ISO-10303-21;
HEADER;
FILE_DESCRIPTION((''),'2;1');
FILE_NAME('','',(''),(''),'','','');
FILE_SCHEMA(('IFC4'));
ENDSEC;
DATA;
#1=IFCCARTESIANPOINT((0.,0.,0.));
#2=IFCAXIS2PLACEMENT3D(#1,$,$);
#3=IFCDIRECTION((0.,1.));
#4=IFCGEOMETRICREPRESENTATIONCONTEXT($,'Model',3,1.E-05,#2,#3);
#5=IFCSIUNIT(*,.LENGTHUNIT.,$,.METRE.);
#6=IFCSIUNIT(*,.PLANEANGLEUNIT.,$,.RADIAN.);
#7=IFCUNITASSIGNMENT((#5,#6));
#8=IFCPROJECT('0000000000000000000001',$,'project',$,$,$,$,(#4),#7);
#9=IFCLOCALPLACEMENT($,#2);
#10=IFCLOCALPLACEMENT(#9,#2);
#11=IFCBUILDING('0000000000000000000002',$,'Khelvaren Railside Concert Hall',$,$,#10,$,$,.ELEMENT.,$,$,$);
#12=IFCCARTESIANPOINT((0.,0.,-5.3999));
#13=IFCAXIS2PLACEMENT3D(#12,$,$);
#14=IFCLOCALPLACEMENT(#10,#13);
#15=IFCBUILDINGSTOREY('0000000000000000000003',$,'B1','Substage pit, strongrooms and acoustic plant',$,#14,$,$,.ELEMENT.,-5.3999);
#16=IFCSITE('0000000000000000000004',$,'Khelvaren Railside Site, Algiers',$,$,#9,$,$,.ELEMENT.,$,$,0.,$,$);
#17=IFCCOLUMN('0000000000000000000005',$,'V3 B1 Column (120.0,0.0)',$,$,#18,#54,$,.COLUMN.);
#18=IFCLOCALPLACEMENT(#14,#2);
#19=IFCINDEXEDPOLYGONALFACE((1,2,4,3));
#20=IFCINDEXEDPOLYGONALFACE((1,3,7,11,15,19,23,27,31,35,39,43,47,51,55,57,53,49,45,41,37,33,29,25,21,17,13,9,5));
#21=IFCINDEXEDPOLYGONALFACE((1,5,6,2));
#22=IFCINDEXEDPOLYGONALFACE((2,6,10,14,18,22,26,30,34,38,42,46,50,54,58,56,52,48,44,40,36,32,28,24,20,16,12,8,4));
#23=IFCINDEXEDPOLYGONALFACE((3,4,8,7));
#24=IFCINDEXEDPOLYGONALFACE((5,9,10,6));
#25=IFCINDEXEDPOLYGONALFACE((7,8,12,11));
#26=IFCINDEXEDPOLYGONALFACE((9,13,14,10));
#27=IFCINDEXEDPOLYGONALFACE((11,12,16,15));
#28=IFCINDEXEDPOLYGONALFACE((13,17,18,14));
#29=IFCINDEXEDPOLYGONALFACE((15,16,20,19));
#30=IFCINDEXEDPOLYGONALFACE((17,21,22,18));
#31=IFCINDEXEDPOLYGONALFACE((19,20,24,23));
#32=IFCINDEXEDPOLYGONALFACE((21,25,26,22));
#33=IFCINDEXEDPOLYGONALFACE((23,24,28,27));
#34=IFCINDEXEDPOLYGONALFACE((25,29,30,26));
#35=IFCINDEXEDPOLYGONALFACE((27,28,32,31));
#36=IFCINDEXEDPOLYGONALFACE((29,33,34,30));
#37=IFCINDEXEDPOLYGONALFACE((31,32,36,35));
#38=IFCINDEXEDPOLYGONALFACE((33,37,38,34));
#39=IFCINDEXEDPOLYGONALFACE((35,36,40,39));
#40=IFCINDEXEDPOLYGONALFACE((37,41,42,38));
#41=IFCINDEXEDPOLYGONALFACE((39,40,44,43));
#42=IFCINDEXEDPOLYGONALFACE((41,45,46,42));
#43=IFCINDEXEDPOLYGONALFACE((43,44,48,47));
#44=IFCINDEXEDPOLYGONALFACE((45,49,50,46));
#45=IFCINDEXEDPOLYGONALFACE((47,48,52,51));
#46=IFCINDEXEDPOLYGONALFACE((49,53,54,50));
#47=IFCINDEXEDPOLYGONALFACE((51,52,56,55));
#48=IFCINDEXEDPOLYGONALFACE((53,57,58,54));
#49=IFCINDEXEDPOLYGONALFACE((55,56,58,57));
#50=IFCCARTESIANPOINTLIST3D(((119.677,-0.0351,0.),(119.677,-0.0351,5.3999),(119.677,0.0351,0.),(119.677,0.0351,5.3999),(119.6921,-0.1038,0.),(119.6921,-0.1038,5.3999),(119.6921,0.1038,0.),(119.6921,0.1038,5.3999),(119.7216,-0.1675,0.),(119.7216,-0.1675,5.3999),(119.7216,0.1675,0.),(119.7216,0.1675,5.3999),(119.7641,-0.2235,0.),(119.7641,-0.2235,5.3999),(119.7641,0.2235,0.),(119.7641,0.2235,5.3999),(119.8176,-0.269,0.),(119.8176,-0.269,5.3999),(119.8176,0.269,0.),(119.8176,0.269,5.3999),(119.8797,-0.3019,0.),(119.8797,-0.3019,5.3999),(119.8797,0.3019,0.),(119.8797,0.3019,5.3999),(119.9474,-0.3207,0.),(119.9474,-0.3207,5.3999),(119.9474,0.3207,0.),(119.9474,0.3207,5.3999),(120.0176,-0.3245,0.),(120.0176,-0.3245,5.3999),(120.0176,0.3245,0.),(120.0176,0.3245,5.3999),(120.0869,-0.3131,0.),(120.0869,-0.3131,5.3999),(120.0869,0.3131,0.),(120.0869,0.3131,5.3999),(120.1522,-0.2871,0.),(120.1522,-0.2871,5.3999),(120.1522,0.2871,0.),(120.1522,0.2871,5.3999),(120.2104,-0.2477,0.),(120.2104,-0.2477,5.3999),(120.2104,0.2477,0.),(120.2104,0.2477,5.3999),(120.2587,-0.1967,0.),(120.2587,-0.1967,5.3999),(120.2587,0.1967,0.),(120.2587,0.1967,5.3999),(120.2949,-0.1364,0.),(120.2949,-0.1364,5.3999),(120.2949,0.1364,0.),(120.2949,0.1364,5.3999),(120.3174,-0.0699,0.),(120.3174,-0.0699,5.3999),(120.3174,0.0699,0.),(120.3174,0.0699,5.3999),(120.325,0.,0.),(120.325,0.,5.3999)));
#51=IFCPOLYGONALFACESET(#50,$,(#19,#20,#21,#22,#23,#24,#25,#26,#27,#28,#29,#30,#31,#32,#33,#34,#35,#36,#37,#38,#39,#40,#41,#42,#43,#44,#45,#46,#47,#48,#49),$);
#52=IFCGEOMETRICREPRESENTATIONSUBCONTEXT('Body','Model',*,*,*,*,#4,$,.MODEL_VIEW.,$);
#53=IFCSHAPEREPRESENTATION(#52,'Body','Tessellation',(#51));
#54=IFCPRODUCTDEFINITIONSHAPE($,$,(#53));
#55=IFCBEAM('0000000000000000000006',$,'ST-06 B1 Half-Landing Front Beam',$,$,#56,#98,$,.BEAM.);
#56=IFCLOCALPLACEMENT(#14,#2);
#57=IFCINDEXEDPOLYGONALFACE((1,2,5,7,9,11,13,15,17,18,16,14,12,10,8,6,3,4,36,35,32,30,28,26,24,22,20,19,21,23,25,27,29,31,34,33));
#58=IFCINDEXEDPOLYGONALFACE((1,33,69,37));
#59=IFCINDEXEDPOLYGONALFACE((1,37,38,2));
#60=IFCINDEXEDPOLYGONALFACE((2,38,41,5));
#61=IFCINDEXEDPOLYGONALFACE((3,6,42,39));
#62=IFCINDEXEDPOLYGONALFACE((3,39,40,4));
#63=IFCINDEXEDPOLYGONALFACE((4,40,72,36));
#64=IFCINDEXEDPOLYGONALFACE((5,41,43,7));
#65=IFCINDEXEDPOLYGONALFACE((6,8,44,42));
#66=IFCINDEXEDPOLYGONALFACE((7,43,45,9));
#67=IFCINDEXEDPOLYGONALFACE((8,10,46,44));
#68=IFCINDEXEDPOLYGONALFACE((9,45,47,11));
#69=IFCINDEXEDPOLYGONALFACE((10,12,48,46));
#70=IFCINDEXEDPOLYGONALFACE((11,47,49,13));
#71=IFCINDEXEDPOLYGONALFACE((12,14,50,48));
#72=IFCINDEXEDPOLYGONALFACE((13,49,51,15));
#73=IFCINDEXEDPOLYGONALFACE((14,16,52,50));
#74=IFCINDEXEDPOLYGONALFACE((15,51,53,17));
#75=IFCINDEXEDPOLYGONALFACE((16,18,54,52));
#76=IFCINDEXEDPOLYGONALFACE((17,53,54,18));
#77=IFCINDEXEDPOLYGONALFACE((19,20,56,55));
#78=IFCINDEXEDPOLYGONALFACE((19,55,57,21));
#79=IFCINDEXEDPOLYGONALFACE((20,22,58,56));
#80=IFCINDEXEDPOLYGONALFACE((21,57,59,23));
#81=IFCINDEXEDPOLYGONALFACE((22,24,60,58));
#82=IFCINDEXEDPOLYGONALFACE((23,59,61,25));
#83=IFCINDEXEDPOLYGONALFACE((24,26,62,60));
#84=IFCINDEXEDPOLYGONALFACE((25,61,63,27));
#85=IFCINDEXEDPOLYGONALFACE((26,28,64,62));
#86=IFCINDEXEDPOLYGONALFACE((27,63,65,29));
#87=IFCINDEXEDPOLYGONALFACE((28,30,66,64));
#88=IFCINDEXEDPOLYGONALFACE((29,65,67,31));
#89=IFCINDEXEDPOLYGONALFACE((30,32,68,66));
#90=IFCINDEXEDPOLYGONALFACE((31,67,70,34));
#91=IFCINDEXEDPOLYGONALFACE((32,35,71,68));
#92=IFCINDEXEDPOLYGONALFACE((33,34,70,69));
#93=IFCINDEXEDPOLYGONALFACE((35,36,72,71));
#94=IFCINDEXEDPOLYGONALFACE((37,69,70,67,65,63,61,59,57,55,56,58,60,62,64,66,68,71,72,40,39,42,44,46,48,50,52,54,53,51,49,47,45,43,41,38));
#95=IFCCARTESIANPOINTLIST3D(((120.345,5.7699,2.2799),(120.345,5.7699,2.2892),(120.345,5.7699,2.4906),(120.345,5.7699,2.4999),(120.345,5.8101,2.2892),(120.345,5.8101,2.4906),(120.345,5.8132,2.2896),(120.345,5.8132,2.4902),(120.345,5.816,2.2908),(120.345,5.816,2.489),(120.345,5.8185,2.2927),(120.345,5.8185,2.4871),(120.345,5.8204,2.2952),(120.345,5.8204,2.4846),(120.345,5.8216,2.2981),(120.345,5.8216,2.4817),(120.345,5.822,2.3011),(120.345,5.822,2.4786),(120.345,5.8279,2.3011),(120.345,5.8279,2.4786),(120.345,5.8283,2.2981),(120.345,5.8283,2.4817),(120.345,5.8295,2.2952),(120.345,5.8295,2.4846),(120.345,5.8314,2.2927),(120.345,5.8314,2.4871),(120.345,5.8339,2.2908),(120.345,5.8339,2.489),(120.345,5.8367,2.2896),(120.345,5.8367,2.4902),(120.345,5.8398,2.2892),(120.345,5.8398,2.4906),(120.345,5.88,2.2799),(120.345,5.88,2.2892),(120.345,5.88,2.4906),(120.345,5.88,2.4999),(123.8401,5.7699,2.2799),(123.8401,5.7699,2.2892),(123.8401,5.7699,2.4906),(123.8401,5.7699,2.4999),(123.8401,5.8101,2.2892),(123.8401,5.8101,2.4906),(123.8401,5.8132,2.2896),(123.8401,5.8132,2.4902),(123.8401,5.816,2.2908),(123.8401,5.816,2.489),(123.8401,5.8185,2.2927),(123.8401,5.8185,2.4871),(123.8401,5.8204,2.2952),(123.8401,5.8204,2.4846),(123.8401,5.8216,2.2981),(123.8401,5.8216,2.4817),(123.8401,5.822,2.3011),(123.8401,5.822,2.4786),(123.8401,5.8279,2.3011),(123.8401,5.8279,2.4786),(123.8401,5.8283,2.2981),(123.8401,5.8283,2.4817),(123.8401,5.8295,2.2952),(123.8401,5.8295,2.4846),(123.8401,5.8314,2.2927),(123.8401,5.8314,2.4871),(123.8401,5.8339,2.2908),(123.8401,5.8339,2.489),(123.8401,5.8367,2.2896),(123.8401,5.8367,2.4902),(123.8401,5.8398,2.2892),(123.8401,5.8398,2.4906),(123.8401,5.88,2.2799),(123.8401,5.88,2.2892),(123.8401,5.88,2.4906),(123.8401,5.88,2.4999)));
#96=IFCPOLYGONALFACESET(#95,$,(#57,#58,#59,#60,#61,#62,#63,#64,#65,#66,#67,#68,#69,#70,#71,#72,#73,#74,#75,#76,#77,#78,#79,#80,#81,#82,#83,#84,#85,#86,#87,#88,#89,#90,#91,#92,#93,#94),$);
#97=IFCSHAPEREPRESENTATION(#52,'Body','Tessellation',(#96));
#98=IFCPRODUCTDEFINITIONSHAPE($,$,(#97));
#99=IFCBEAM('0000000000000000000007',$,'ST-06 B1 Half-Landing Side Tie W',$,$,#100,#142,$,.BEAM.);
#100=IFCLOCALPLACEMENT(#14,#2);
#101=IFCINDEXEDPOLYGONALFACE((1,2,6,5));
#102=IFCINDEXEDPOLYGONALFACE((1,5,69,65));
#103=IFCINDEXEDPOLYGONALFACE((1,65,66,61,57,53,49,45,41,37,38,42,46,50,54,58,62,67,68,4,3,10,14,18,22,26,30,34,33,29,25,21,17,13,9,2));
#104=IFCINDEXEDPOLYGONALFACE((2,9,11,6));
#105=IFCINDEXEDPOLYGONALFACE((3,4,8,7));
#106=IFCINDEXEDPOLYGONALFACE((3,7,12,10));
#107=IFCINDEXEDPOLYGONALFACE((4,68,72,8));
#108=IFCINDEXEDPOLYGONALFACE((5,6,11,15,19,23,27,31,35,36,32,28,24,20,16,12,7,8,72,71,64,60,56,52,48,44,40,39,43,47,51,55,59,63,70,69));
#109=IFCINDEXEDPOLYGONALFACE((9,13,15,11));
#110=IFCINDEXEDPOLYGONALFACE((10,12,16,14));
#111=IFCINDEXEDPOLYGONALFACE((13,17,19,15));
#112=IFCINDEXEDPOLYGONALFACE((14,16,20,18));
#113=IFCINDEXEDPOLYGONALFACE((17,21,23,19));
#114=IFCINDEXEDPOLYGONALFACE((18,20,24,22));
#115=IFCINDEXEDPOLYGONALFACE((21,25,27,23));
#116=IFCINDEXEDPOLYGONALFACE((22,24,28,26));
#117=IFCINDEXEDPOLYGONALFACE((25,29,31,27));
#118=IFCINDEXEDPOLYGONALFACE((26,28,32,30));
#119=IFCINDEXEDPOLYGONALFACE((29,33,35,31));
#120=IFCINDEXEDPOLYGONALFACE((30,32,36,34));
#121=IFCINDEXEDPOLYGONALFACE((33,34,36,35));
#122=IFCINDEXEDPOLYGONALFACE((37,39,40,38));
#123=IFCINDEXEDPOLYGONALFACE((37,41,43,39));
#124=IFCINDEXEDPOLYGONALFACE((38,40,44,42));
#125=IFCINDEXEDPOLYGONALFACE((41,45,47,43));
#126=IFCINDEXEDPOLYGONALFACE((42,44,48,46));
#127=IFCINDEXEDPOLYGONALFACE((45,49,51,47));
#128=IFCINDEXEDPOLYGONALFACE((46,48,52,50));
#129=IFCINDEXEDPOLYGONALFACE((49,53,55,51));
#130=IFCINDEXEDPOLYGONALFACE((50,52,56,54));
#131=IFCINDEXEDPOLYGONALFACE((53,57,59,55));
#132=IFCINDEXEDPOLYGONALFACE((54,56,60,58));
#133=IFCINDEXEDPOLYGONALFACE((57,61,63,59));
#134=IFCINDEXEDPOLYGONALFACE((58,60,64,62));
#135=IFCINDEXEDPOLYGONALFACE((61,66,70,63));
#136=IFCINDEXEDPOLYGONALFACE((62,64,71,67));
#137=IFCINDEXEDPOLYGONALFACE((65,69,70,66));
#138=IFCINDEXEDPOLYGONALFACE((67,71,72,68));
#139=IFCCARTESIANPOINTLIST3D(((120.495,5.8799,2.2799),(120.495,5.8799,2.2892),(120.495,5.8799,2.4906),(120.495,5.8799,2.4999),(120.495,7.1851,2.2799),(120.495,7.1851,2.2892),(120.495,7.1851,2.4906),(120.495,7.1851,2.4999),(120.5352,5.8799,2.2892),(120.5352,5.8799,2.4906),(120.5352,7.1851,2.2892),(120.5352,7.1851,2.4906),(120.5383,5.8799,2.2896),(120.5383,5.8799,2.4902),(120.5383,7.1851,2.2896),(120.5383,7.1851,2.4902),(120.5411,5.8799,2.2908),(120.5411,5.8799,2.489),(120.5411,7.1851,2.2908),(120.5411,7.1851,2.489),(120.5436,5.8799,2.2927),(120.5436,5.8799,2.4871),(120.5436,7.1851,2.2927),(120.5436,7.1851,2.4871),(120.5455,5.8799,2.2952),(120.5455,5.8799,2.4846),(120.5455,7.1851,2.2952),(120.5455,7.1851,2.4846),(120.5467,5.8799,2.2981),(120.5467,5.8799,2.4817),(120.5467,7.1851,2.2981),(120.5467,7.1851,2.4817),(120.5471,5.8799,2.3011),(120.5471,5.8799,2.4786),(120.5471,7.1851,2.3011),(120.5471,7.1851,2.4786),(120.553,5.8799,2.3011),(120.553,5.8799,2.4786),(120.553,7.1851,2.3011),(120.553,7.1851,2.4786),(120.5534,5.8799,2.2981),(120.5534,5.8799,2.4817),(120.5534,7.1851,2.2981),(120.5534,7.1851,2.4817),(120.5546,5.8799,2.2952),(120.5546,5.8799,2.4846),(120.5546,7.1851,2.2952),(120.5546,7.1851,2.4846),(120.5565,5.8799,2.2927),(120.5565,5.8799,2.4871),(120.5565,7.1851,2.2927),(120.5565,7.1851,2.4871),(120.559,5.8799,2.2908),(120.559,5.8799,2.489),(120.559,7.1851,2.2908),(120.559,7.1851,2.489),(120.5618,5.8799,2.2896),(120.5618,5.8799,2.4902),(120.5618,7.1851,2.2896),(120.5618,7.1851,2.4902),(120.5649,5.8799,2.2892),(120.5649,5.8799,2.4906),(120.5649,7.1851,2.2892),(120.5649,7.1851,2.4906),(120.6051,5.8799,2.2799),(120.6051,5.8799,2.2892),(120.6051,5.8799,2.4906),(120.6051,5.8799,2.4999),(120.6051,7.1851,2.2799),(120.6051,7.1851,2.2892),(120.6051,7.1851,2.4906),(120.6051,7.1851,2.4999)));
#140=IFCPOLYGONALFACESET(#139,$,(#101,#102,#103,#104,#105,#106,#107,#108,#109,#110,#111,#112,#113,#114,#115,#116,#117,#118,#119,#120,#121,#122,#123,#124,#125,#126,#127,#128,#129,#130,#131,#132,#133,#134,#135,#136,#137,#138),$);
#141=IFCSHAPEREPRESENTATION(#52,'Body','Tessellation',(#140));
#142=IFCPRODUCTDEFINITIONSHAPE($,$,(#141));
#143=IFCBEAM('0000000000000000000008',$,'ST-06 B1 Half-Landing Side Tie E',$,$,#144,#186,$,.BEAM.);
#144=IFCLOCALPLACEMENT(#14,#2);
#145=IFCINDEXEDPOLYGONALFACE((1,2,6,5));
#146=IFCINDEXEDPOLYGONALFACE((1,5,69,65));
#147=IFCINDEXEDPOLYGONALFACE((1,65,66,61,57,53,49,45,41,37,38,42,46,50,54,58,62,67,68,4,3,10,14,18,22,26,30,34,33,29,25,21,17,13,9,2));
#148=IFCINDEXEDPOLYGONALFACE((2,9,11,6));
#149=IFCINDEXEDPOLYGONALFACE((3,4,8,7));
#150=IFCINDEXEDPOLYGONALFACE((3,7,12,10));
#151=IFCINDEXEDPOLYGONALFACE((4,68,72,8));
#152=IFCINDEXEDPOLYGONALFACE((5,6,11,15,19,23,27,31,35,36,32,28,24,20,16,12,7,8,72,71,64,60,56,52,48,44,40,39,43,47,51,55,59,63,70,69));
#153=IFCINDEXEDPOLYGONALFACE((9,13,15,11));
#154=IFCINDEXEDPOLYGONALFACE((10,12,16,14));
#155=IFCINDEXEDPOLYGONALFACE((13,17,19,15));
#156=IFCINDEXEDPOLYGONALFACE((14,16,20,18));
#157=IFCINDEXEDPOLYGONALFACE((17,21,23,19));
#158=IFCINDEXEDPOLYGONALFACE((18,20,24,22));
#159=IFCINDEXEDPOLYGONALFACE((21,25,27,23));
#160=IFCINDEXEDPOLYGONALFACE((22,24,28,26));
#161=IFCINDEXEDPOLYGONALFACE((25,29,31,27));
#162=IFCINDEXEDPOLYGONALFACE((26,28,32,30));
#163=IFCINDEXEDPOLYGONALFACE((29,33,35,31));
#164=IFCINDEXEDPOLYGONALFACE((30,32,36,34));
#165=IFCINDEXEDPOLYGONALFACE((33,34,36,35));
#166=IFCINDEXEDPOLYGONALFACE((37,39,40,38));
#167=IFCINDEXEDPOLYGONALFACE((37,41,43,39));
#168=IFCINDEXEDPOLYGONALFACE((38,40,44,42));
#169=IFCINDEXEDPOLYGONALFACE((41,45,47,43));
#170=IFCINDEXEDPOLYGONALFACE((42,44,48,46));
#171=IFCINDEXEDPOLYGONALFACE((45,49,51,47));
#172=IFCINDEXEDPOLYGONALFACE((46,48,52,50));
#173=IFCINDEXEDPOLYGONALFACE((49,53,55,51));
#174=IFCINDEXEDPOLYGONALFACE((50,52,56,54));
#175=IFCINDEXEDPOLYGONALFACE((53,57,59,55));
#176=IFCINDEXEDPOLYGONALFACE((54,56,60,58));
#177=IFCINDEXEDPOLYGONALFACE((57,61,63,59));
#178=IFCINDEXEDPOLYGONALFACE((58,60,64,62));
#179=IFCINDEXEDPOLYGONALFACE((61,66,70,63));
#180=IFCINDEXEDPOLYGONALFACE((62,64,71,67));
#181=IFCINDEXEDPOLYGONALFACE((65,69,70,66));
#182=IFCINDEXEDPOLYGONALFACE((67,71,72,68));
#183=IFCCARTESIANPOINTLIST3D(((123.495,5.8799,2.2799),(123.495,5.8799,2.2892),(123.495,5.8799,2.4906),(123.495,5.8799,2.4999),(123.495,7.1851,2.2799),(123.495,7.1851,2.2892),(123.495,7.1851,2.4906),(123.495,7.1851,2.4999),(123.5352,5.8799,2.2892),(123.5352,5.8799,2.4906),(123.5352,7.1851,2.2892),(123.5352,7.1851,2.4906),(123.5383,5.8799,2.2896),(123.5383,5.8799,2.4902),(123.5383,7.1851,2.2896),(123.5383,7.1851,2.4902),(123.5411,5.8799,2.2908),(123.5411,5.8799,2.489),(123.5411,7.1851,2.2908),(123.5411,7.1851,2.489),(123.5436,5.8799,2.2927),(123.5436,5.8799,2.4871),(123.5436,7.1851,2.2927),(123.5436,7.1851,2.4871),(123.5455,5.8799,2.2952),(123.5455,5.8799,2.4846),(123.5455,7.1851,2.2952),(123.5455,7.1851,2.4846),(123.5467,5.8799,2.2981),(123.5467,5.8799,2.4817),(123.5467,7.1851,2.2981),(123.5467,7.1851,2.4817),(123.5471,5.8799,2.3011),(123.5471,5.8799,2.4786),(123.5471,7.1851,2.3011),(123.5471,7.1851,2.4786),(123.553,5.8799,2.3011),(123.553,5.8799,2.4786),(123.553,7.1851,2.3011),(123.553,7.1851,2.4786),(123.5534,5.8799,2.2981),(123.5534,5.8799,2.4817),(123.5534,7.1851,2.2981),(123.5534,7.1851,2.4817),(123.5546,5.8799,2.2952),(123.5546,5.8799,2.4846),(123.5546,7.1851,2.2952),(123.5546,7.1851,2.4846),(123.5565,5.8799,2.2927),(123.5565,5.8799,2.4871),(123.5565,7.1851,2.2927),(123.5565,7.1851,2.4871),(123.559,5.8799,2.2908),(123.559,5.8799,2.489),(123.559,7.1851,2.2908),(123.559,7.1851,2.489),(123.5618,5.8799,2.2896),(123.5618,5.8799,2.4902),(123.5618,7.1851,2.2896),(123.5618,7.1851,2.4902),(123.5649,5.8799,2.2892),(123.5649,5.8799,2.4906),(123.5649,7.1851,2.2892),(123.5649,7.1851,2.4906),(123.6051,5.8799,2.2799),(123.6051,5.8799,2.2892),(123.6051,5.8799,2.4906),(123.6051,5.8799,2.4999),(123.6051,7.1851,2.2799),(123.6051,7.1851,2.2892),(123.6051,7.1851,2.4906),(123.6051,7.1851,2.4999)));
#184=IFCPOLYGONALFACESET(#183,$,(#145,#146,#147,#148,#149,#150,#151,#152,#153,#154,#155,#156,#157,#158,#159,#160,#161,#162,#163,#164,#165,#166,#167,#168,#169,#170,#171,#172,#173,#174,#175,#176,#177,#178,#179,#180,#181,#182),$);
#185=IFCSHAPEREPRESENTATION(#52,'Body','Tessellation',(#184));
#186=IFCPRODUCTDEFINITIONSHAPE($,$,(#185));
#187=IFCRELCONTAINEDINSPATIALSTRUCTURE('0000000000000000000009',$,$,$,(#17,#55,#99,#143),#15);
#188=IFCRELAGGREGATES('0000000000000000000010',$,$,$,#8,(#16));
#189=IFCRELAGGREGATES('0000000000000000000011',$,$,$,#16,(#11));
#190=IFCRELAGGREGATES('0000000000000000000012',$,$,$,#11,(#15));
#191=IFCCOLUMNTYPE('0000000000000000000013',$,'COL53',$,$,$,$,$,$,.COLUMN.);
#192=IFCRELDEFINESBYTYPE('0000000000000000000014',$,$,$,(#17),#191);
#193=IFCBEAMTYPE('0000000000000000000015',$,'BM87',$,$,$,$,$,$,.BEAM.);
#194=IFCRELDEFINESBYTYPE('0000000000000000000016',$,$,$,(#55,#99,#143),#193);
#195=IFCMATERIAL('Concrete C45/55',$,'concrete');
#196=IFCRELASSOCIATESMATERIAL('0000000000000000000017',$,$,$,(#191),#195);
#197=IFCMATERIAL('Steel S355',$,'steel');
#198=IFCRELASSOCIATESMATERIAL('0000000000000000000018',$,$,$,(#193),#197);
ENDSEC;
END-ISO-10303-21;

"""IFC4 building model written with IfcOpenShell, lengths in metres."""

from ifc_helpers import new_model, si_unit, direction, frame, origin, origin_2d, place, context, subcontext, project, spatial, circle, i_section, extrude, material, material_profile, profile_set, type_object, element, save


model = new_model("IFC4")

# Units and contexts
model_context = context("Model", 3, precision=1e-05, world=origin(), true_north=direction((0.0, 1.0)))
body_context = subcontext(model_context, "Body", "Model", "MODEL_VIEW")
ifc_project = project(units=[si_unit("LENGTHUNIT", "METRE"), si_unit("PLANEANGLEUNIT", "RADIAN")], contexts=[model_context])

# Site, building, storey
site_placement = place(None, origin())
site = spatial("IfcSite", under=ifc_project, at=site_placement, Name="Khelvaren Railside Site, Algiers", CompositionType="ELEMENT", RefElevation=0.0)
building_placement = place(site_placement, origin())
building = spatial("IfcBuilding", under=site, at=building_placement, Name="Khelvaren Railside Concert Hall", CompositionType="ELEMENT")
storey_placement = place(building_placement, frame((0.0, 0.0, -5.3999)))
storey = spatial("IfcBuildingStorey", under=building, at=storey_placement, Name="B1", Description="Substage pit, strongrooms and acoustic plant", CompositionType="ELEMENT", Elevation=-5.3999)

# Column
ifc_material_1 = material(Name="Concrete C45/55", Category="concrete")
ifc_material_profile_1 = material_profile(ifc_material_1, circle(Radius=0.325, at=origin_2d()), Name="RC D650")
ifc_profile_set_1 = profile_set([ifc_material_profile_1], Name="Concrete C45/55")
column_type_1 = type_object("IfcColumnType", Name="COL53", PredefinedType="COLUMN", material=ifc_profile_set_1)
column_1_placement = place(storey_placement, frame((120.0, 0.0, 0.0), z_axis=(0.0, 0.0, 1.0), x_axis=(1.0, 0.0, 0.0)))
element("IfcColumn", 1, at=column_1_placement, inside=storey, type_object=column_type_1, Name="V3 B1 Column (120.0,0.0)", PredefinedType="COLUMN", context=body_context, shape_type="SweptSolid", body=[
    extrude(circle(Radius=0.325, at=origin_2d()), origin(), (0.0, 0.0, 1.0), 5.3999),
])

# Beams
ifc_material_2 = material(Name="Steel S355", Category="steel")
ifc_material_profile_2 = material_profile(ifc_material_2, i_section(OverallWidth=0.1101, OverallDepth=0.22, WebThickness=0.0059, FlangeThickness=0.0093, FilletRadius=0.012, at=origin_2d()), Name="IPE 220")
ifc_profile_set_2 = profile_set([ifc_material_profile_2], Name="Steel S355")
beam_type_1 = type_object("IfcBeamType", Name="BM87", PredefinedType="BEAM", material=ifc_profile_set_2)
beam_1_placement = place(storey_placement, frame((120.345, 5.825, 2.3899), z_axis=(1.0, 0.0, 0.0), x_axis=(0.0, 1.0, 0.0)))
element("IfcBeam", 2, at=beam_1_placement, inside=storey, type_object=beam_type_1, Name="ST-06 B1 Half-Landing Front Beam", PredefinedType="BEAM", context=body_context, shape_type="SweptSolid", body=[
    extrude(i_section(OverallWidth=0.1101, OverallDepth=0.22, WebThickness=0.0059, FlangeThickness=0.0093, FilletRadius=0.012, at=origin_2d()), origin(), (0.0, 0.0, 1.0), 3.4951),
])
for number, where, z_axis, x_axis, name in (
    (3, (120.55, 5.8799, 2.3899), (0.0, 1.0, 0.0), (-1.0, 0.0, 0.0), "ST-06 B1 Half-Landing Side Tie W"),
    (4, (123.55, 5.8799, 2.3899), (0.0, 1.0, 0.0), (-1.0, 0.0, 0.0), "ST-06 B1 Half-Landing Side Tie E"),
):
    element("IfcBeam", number, at=place(storey_placement, frame(where, z_axis=z_axis, x_axis=x_axis)), inside=storey, type_object=beam_type_1, Name=name, PredefinedType="BEAM", context=body_context, shape_type="SweptSolid", body=[
        extrude(i_section(OverallWidth=0.1101, OverallDepth=0.22, WebThickness=0.0059, FlangeThickness=0.0093, FilletRadius=0.012, at=origin_2d()), origin(), (0.0, 0.0, 1.0), 1.3052),
    ])

save(model, "model.ifc")
